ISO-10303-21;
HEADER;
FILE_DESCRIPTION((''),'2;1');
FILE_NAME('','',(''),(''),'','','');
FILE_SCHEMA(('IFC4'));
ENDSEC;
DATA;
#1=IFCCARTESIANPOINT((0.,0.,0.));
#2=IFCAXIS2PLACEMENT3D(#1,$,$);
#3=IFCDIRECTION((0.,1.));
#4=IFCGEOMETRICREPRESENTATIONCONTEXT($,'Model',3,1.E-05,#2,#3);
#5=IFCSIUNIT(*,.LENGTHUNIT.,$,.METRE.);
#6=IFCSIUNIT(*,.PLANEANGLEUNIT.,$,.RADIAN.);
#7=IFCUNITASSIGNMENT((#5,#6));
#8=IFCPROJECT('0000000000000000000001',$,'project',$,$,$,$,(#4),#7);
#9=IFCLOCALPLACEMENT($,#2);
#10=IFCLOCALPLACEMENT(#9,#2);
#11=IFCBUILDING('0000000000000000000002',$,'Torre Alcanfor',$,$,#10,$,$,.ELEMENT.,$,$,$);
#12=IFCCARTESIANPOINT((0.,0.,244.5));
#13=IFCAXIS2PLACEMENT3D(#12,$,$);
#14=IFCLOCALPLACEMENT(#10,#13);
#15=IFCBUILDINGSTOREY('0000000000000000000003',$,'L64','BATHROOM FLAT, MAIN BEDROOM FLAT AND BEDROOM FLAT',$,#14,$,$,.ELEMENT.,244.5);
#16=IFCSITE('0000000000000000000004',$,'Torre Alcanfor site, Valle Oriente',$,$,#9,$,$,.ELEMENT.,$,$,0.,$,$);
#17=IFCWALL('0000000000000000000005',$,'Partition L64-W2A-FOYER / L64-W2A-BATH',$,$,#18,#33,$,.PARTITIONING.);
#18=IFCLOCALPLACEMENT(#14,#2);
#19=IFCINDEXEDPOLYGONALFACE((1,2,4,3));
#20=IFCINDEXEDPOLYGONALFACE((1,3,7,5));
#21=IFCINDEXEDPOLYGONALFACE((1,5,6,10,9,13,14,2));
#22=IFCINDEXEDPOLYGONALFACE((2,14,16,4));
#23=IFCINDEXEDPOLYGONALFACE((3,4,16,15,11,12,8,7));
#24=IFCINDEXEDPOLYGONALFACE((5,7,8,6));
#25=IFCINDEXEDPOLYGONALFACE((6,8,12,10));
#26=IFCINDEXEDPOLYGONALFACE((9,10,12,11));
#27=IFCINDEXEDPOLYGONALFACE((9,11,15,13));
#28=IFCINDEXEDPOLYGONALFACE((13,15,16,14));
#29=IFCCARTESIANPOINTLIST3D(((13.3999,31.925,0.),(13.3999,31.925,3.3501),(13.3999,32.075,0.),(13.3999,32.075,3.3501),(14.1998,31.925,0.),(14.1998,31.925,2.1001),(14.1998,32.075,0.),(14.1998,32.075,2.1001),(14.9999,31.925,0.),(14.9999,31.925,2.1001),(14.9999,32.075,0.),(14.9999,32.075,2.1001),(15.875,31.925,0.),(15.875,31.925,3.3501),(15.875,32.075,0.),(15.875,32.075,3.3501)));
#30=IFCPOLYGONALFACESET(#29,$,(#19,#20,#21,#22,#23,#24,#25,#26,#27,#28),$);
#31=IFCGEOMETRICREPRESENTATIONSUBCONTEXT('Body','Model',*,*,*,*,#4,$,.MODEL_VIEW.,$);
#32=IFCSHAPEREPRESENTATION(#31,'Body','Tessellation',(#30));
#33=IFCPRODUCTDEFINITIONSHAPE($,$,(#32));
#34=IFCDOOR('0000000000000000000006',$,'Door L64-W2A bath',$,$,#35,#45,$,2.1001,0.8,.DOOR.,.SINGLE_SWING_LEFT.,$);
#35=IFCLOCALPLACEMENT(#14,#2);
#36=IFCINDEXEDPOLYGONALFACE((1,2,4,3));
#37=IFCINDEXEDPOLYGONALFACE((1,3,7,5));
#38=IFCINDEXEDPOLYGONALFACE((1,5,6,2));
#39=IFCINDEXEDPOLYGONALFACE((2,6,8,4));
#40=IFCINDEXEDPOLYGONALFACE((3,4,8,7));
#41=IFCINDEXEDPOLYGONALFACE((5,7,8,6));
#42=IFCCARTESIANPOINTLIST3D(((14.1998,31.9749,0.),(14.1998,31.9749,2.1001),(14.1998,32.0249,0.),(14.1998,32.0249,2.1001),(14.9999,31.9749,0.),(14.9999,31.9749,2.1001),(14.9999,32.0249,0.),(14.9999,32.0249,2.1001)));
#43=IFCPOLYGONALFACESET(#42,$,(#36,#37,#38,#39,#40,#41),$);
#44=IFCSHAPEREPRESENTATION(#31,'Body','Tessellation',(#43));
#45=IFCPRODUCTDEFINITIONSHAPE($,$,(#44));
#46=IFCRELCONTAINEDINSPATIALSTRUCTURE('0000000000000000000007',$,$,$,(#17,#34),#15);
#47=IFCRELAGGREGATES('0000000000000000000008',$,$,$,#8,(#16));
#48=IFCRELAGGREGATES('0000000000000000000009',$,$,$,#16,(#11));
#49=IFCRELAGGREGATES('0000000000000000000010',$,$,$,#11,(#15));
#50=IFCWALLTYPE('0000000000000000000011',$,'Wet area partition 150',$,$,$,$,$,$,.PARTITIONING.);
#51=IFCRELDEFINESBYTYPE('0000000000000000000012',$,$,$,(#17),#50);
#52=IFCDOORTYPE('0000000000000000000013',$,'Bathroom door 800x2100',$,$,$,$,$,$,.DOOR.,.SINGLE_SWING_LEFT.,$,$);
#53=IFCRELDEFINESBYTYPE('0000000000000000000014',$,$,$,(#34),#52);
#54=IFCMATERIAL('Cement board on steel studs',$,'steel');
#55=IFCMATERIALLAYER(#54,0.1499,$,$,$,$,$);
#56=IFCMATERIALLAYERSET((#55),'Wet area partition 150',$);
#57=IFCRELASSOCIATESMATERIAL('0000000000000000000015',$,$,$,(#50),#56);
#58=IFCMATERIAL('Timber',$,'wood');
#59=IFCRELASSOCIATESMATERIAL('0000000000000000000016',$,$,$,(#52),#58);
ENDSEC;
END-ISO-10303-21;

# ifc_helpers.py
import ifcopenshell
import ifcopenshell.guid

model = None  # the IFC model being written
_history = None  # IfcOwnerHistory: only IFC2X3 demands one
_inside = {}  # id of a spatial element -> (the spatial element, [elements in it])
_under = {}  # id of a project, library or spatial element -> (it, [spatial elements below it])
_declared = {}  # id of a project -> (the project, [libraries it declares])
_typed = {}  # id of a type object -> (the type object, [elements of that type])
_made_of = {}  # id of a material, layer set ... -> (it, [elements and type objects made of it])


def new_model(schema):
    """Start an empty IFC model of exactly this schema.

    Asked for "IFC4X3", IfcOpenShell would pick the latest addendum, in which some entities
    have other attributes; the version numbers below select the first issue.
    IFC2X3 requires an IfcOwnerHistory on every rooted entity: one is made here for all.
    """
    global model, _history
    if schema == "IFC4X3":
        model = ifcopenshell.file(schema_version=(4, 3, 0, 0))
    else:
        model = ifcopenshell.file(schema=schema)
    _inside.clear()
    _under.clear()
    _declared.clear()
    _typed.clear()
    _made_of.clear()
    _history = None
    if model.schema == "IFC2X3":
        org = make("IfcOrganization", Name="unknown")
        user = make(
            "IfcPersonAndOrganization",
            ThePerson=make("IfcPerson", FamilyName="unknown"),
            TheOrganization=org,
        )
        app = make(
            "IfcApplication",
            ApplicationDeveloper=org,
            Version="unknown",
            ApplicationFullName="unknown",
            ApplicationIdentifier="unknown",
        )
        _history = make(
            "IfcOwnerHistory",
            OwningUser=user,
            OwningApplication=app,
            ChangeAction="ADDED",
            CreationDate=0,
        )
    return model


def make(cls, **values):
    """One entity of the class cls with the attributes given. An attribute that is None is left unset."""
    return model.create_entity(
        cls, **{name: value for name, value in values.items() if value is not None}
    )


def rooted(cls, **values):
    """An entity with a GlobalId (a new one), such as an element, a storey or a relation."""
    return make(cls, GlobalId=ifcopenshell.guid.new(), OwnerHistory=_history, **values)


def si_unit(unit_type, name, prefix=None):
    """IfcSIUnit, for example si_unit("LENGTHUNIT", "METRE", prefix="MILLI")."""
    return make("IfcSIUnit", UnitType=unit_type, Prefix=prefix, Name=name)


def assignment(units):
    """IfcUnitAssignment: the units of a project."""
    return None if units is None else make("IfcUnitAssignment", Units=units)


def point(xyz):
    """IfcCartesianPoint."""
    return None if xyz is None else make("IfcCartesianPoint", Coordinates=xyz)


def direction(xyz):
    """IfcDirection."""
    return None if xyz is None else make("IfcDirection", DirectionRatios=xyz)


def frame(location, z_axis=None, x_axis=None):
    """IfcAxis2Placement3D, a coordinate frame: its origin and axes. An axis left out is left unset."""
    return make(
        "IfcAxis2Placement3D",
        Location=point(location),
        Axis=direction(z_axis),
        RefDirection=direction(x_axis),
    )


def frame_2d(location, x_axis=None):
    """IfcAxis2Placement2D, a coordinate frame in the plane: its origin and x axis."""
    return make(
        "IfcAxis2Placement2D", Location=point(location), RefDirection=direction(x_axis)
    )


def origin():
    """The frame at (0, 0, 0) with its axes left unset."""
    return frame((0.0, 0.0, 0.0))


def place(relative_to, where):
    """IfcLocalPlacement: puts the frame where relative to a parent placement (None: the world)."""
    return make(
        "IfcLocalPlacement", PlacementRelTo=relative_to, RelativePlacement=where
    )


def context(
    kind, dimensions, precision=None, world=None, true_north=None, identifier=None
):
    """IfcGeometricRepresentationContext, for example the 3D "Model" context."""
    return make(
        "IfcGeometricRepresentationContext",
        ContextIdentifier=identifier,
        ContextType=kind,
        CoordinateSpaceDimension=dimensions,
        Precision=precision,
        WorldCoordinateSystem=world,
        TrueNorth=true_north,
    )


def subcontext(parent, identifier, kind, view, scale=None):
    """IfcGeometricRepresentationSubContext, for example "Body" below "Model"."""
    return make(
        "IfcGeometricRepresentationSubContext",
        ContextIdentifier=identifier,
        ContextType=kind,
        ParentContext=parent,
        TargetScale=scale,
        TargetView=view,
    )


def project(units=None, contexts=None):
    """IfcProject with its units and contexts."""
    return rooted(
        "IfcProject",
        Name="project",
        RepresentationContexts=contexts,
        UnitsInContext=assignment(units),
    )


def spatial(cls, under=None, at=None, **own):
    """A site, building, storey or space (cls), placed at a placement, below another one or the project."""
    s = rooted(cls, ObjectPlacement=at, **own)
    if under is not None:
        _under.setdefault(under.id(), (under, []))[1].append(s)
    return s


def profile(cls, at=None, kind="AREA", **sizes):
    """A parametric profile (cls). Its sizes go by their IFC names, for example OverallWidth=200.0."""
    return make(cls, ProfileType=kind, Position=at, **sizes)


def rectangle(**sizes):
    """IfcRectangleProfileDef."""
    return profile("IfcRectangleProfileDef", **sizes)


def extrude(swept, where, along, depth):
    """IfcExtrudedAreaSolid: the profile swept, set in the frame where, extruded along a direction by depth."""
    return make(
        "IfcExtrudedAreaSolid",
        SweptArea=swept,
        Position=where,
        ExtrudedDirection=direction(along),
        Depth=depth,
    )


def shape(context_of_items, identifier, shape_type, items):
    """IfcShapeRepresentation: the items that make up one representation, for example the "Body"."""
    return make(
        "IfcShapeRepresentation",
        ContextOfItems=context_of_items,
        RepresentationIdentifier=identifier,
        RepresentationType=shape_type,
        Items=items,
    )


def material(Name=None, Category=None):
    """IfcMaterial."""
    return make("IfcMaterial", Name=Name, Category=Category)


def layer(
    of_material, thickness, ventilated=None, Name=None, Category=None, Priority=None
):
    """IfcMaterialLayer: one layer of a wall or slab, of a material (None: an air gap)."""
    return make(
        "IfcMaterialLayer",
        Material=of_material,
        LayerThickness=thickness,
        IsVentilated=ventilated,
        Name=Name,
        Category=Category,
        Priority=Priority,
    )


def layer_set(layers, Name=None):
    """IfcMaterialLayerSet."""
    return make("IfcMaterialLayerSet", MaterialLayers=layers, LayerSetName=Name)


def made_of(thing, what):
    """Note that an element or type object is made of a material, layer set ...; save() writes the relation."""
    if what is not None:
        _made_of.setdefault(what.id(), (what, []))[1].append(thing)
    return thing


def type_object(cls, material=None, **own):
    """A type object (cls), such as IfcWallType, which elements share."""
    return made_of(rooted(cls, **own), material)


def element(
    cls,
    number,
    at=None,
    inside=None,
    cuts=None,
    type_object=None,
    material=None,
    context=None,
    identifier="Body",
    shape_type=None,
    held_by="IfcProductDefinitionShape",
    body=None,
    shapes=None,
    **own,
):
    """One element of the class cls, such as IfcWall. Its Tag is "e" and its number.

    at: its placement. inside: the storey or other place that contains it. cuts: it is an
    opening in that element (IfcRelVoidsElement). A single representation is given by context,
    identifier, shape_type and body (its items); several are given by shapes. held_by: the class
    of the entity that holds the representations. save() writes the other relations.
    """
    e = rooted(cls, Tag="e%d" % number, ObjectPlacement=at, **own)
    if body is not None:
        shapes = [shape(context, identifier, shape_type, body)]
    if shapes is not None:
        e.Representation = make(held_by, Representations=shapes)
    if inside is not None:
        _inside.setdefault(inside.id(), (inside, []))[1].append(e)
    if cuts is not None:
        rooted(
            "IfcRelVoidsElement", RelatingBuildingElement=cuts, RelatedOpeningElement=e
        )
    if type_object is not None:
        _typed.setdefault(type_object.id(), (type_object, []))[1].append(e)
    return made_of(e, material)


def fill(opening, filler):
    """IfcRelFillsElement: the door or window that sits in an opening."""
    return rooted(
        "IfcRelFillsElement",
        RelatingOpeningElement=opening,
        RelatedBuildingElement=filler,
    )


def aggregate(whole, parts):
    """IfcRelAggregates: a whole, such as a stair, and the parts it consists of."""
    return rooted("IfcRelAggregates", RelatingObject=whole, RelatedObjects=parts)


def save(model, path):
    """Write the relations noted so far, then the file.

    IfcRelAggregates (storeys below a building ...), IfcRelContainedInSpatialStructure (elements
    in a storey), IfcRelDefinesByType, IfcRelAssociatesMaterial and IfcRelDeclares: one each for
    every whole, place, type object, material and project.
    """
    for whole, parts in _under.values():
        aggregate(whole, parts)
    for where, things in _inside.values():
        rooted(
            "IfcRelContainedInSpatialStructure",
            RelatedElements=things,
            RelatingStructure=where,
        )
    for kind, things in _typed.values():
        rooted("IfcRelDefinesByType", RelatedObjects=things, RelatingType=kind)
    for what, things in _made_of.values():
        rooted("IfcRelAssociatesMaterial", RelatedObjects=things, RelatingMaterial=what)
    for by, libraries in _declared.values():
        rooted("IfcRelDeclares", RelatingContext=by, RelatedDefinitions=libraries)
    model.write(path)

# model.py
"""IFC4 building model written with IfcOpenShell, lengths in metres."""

from ifc_helpers import new_model, si_unit, direction, frame, frame_2d, origin, place, context, subcontext, project, spatial, rectangle, extrude, material, layer, layer_set, type_object, element, fill, save


model = new_model("IFC4")

# Units and contexts
model_context = context("Model", 3, precision=1e-05, world=origin(), true_north=direction((0.0, 1.0)))
body_context = subcontext(model_context, "Body", "Model", "MODEL_VIEW")
ifc_project = project(units=[si_unit("LENGTHUNIT", "METRE"), si_unit("PLANEANGLEUNIT", "RADIAN")], contexts=[model_context])

# Site, building, storey
site_placement = place(None, origin())
site = spatial("IfcSite", under=ifc_project, at=site_placement, Name="Torre Alcanfor site, Valle Oriente", CompositionType="ELEMENT", RefElevation=0.0)
building_placement = place(site_placement, origin())
building = spatial("IfcBuilding", under=site, at=building_placement, Name="Torre Alcanfor", CompositionType="ELEMENT")
storey_placement = place(building_placement, frame((0.0, 0.0, 244.5)))
storey = spatial("IfcBuildingStorey", under=building, at=storey_placement, Name="L64", Description="BATHROOM FLAT, MAIN BEDROOM FLAT AND BEDROOM FLAT", CompositionType="ELEMENT", Elevation=244.5)

# Wall, opening, door
ifc_material_1 = material(Name="Cement board on steel studs", Category="steel")
ifc_layer_1 = layer(ifc_material_1, 0.1499)
ifc_layer_set_1 = layer_set([ifc_layer_1], Name="Wet area partition 150")
wall_type_1 = type_object("IfcWallType", Name="Wet area partition 150", PredefinedType="PARTITIONING", material=ifc_layer_set_1)
wall_1_placement = place(storey_placement, frame((13.3999, 32.0, 0.0), z_axis=(0.0, 0.0, 1.0), x_axis=(1.0, 0.0, 0.0)))
wall_1 = element("IfcWall", 1, at=wall_1_placement, inside=storey, type_object=wall_type_1, Name="Partition L64-W2A-FOYER / L64-W2A-BATH", PredefinedType="PARTITIONING", context=body_context, shape_type="SweptSolid", body=[
    extrude(rectangle(XDim=2.4751, YDim=0.1499, at=frame_2d((1.2375, 0.0))), origin(), (0.0, 0.0, 1.0), 3.3501),
])
opening_placement = place(wall_1_placement, frame((0.8, 0.0, 0.0)))
opening = element("IfcOpeningElement", 2, at=opening_placement, cuts=wall_1, PredefinedType="OPENING", context=body_context, shape_type="SweptSolid", body=[
    extrude(rectangle(XDim=0.8, YDim=2.1001, at=frame_2d((0.3999, 1.05))), frame((0.0, 0.085, 0.0), z_axis=(0.0, -1.0, 0.0), x_axis=(1.0, 0.0, 0.0)), (0.0, 0.0, 1.0), 0.1699),
])
ifc_material_2 = material(Name="Timber", Category="wood")
door_type = type_object("IfcDoorType", Name="Bathroom door 800x2100", OperationType="SINGLE_SWING_LEFT", PredefinedType="DOOR", material=ifc_material_2)
door_placement = place(opening_placement, origin())
door = element("IfcDoor", 3, at=door_placement, inside=storey, type_object=door_type, Name="Door L64-W2A bath", OperationType="SINGLE_SWING_LEFT", OverallHeight=2.1001, OverallWidth=0.8, PredefinedType="DOOR", context=body_context, shape_type="SweptSolid", body=[
    extrude(rectangle(XDim=0.8, YDim=2.1001, at=frame_2d((0.3999, 1.05))), frame((0.0, 0.0249, 0.0), z_axis=(0.0, -1.0, 0.0), x_axis=(1.0, 0.0, 0.0)), (0.0, 0.0, 1.0), 0.05),
])
fill(opening, door)

save(model, "model.ifc")
